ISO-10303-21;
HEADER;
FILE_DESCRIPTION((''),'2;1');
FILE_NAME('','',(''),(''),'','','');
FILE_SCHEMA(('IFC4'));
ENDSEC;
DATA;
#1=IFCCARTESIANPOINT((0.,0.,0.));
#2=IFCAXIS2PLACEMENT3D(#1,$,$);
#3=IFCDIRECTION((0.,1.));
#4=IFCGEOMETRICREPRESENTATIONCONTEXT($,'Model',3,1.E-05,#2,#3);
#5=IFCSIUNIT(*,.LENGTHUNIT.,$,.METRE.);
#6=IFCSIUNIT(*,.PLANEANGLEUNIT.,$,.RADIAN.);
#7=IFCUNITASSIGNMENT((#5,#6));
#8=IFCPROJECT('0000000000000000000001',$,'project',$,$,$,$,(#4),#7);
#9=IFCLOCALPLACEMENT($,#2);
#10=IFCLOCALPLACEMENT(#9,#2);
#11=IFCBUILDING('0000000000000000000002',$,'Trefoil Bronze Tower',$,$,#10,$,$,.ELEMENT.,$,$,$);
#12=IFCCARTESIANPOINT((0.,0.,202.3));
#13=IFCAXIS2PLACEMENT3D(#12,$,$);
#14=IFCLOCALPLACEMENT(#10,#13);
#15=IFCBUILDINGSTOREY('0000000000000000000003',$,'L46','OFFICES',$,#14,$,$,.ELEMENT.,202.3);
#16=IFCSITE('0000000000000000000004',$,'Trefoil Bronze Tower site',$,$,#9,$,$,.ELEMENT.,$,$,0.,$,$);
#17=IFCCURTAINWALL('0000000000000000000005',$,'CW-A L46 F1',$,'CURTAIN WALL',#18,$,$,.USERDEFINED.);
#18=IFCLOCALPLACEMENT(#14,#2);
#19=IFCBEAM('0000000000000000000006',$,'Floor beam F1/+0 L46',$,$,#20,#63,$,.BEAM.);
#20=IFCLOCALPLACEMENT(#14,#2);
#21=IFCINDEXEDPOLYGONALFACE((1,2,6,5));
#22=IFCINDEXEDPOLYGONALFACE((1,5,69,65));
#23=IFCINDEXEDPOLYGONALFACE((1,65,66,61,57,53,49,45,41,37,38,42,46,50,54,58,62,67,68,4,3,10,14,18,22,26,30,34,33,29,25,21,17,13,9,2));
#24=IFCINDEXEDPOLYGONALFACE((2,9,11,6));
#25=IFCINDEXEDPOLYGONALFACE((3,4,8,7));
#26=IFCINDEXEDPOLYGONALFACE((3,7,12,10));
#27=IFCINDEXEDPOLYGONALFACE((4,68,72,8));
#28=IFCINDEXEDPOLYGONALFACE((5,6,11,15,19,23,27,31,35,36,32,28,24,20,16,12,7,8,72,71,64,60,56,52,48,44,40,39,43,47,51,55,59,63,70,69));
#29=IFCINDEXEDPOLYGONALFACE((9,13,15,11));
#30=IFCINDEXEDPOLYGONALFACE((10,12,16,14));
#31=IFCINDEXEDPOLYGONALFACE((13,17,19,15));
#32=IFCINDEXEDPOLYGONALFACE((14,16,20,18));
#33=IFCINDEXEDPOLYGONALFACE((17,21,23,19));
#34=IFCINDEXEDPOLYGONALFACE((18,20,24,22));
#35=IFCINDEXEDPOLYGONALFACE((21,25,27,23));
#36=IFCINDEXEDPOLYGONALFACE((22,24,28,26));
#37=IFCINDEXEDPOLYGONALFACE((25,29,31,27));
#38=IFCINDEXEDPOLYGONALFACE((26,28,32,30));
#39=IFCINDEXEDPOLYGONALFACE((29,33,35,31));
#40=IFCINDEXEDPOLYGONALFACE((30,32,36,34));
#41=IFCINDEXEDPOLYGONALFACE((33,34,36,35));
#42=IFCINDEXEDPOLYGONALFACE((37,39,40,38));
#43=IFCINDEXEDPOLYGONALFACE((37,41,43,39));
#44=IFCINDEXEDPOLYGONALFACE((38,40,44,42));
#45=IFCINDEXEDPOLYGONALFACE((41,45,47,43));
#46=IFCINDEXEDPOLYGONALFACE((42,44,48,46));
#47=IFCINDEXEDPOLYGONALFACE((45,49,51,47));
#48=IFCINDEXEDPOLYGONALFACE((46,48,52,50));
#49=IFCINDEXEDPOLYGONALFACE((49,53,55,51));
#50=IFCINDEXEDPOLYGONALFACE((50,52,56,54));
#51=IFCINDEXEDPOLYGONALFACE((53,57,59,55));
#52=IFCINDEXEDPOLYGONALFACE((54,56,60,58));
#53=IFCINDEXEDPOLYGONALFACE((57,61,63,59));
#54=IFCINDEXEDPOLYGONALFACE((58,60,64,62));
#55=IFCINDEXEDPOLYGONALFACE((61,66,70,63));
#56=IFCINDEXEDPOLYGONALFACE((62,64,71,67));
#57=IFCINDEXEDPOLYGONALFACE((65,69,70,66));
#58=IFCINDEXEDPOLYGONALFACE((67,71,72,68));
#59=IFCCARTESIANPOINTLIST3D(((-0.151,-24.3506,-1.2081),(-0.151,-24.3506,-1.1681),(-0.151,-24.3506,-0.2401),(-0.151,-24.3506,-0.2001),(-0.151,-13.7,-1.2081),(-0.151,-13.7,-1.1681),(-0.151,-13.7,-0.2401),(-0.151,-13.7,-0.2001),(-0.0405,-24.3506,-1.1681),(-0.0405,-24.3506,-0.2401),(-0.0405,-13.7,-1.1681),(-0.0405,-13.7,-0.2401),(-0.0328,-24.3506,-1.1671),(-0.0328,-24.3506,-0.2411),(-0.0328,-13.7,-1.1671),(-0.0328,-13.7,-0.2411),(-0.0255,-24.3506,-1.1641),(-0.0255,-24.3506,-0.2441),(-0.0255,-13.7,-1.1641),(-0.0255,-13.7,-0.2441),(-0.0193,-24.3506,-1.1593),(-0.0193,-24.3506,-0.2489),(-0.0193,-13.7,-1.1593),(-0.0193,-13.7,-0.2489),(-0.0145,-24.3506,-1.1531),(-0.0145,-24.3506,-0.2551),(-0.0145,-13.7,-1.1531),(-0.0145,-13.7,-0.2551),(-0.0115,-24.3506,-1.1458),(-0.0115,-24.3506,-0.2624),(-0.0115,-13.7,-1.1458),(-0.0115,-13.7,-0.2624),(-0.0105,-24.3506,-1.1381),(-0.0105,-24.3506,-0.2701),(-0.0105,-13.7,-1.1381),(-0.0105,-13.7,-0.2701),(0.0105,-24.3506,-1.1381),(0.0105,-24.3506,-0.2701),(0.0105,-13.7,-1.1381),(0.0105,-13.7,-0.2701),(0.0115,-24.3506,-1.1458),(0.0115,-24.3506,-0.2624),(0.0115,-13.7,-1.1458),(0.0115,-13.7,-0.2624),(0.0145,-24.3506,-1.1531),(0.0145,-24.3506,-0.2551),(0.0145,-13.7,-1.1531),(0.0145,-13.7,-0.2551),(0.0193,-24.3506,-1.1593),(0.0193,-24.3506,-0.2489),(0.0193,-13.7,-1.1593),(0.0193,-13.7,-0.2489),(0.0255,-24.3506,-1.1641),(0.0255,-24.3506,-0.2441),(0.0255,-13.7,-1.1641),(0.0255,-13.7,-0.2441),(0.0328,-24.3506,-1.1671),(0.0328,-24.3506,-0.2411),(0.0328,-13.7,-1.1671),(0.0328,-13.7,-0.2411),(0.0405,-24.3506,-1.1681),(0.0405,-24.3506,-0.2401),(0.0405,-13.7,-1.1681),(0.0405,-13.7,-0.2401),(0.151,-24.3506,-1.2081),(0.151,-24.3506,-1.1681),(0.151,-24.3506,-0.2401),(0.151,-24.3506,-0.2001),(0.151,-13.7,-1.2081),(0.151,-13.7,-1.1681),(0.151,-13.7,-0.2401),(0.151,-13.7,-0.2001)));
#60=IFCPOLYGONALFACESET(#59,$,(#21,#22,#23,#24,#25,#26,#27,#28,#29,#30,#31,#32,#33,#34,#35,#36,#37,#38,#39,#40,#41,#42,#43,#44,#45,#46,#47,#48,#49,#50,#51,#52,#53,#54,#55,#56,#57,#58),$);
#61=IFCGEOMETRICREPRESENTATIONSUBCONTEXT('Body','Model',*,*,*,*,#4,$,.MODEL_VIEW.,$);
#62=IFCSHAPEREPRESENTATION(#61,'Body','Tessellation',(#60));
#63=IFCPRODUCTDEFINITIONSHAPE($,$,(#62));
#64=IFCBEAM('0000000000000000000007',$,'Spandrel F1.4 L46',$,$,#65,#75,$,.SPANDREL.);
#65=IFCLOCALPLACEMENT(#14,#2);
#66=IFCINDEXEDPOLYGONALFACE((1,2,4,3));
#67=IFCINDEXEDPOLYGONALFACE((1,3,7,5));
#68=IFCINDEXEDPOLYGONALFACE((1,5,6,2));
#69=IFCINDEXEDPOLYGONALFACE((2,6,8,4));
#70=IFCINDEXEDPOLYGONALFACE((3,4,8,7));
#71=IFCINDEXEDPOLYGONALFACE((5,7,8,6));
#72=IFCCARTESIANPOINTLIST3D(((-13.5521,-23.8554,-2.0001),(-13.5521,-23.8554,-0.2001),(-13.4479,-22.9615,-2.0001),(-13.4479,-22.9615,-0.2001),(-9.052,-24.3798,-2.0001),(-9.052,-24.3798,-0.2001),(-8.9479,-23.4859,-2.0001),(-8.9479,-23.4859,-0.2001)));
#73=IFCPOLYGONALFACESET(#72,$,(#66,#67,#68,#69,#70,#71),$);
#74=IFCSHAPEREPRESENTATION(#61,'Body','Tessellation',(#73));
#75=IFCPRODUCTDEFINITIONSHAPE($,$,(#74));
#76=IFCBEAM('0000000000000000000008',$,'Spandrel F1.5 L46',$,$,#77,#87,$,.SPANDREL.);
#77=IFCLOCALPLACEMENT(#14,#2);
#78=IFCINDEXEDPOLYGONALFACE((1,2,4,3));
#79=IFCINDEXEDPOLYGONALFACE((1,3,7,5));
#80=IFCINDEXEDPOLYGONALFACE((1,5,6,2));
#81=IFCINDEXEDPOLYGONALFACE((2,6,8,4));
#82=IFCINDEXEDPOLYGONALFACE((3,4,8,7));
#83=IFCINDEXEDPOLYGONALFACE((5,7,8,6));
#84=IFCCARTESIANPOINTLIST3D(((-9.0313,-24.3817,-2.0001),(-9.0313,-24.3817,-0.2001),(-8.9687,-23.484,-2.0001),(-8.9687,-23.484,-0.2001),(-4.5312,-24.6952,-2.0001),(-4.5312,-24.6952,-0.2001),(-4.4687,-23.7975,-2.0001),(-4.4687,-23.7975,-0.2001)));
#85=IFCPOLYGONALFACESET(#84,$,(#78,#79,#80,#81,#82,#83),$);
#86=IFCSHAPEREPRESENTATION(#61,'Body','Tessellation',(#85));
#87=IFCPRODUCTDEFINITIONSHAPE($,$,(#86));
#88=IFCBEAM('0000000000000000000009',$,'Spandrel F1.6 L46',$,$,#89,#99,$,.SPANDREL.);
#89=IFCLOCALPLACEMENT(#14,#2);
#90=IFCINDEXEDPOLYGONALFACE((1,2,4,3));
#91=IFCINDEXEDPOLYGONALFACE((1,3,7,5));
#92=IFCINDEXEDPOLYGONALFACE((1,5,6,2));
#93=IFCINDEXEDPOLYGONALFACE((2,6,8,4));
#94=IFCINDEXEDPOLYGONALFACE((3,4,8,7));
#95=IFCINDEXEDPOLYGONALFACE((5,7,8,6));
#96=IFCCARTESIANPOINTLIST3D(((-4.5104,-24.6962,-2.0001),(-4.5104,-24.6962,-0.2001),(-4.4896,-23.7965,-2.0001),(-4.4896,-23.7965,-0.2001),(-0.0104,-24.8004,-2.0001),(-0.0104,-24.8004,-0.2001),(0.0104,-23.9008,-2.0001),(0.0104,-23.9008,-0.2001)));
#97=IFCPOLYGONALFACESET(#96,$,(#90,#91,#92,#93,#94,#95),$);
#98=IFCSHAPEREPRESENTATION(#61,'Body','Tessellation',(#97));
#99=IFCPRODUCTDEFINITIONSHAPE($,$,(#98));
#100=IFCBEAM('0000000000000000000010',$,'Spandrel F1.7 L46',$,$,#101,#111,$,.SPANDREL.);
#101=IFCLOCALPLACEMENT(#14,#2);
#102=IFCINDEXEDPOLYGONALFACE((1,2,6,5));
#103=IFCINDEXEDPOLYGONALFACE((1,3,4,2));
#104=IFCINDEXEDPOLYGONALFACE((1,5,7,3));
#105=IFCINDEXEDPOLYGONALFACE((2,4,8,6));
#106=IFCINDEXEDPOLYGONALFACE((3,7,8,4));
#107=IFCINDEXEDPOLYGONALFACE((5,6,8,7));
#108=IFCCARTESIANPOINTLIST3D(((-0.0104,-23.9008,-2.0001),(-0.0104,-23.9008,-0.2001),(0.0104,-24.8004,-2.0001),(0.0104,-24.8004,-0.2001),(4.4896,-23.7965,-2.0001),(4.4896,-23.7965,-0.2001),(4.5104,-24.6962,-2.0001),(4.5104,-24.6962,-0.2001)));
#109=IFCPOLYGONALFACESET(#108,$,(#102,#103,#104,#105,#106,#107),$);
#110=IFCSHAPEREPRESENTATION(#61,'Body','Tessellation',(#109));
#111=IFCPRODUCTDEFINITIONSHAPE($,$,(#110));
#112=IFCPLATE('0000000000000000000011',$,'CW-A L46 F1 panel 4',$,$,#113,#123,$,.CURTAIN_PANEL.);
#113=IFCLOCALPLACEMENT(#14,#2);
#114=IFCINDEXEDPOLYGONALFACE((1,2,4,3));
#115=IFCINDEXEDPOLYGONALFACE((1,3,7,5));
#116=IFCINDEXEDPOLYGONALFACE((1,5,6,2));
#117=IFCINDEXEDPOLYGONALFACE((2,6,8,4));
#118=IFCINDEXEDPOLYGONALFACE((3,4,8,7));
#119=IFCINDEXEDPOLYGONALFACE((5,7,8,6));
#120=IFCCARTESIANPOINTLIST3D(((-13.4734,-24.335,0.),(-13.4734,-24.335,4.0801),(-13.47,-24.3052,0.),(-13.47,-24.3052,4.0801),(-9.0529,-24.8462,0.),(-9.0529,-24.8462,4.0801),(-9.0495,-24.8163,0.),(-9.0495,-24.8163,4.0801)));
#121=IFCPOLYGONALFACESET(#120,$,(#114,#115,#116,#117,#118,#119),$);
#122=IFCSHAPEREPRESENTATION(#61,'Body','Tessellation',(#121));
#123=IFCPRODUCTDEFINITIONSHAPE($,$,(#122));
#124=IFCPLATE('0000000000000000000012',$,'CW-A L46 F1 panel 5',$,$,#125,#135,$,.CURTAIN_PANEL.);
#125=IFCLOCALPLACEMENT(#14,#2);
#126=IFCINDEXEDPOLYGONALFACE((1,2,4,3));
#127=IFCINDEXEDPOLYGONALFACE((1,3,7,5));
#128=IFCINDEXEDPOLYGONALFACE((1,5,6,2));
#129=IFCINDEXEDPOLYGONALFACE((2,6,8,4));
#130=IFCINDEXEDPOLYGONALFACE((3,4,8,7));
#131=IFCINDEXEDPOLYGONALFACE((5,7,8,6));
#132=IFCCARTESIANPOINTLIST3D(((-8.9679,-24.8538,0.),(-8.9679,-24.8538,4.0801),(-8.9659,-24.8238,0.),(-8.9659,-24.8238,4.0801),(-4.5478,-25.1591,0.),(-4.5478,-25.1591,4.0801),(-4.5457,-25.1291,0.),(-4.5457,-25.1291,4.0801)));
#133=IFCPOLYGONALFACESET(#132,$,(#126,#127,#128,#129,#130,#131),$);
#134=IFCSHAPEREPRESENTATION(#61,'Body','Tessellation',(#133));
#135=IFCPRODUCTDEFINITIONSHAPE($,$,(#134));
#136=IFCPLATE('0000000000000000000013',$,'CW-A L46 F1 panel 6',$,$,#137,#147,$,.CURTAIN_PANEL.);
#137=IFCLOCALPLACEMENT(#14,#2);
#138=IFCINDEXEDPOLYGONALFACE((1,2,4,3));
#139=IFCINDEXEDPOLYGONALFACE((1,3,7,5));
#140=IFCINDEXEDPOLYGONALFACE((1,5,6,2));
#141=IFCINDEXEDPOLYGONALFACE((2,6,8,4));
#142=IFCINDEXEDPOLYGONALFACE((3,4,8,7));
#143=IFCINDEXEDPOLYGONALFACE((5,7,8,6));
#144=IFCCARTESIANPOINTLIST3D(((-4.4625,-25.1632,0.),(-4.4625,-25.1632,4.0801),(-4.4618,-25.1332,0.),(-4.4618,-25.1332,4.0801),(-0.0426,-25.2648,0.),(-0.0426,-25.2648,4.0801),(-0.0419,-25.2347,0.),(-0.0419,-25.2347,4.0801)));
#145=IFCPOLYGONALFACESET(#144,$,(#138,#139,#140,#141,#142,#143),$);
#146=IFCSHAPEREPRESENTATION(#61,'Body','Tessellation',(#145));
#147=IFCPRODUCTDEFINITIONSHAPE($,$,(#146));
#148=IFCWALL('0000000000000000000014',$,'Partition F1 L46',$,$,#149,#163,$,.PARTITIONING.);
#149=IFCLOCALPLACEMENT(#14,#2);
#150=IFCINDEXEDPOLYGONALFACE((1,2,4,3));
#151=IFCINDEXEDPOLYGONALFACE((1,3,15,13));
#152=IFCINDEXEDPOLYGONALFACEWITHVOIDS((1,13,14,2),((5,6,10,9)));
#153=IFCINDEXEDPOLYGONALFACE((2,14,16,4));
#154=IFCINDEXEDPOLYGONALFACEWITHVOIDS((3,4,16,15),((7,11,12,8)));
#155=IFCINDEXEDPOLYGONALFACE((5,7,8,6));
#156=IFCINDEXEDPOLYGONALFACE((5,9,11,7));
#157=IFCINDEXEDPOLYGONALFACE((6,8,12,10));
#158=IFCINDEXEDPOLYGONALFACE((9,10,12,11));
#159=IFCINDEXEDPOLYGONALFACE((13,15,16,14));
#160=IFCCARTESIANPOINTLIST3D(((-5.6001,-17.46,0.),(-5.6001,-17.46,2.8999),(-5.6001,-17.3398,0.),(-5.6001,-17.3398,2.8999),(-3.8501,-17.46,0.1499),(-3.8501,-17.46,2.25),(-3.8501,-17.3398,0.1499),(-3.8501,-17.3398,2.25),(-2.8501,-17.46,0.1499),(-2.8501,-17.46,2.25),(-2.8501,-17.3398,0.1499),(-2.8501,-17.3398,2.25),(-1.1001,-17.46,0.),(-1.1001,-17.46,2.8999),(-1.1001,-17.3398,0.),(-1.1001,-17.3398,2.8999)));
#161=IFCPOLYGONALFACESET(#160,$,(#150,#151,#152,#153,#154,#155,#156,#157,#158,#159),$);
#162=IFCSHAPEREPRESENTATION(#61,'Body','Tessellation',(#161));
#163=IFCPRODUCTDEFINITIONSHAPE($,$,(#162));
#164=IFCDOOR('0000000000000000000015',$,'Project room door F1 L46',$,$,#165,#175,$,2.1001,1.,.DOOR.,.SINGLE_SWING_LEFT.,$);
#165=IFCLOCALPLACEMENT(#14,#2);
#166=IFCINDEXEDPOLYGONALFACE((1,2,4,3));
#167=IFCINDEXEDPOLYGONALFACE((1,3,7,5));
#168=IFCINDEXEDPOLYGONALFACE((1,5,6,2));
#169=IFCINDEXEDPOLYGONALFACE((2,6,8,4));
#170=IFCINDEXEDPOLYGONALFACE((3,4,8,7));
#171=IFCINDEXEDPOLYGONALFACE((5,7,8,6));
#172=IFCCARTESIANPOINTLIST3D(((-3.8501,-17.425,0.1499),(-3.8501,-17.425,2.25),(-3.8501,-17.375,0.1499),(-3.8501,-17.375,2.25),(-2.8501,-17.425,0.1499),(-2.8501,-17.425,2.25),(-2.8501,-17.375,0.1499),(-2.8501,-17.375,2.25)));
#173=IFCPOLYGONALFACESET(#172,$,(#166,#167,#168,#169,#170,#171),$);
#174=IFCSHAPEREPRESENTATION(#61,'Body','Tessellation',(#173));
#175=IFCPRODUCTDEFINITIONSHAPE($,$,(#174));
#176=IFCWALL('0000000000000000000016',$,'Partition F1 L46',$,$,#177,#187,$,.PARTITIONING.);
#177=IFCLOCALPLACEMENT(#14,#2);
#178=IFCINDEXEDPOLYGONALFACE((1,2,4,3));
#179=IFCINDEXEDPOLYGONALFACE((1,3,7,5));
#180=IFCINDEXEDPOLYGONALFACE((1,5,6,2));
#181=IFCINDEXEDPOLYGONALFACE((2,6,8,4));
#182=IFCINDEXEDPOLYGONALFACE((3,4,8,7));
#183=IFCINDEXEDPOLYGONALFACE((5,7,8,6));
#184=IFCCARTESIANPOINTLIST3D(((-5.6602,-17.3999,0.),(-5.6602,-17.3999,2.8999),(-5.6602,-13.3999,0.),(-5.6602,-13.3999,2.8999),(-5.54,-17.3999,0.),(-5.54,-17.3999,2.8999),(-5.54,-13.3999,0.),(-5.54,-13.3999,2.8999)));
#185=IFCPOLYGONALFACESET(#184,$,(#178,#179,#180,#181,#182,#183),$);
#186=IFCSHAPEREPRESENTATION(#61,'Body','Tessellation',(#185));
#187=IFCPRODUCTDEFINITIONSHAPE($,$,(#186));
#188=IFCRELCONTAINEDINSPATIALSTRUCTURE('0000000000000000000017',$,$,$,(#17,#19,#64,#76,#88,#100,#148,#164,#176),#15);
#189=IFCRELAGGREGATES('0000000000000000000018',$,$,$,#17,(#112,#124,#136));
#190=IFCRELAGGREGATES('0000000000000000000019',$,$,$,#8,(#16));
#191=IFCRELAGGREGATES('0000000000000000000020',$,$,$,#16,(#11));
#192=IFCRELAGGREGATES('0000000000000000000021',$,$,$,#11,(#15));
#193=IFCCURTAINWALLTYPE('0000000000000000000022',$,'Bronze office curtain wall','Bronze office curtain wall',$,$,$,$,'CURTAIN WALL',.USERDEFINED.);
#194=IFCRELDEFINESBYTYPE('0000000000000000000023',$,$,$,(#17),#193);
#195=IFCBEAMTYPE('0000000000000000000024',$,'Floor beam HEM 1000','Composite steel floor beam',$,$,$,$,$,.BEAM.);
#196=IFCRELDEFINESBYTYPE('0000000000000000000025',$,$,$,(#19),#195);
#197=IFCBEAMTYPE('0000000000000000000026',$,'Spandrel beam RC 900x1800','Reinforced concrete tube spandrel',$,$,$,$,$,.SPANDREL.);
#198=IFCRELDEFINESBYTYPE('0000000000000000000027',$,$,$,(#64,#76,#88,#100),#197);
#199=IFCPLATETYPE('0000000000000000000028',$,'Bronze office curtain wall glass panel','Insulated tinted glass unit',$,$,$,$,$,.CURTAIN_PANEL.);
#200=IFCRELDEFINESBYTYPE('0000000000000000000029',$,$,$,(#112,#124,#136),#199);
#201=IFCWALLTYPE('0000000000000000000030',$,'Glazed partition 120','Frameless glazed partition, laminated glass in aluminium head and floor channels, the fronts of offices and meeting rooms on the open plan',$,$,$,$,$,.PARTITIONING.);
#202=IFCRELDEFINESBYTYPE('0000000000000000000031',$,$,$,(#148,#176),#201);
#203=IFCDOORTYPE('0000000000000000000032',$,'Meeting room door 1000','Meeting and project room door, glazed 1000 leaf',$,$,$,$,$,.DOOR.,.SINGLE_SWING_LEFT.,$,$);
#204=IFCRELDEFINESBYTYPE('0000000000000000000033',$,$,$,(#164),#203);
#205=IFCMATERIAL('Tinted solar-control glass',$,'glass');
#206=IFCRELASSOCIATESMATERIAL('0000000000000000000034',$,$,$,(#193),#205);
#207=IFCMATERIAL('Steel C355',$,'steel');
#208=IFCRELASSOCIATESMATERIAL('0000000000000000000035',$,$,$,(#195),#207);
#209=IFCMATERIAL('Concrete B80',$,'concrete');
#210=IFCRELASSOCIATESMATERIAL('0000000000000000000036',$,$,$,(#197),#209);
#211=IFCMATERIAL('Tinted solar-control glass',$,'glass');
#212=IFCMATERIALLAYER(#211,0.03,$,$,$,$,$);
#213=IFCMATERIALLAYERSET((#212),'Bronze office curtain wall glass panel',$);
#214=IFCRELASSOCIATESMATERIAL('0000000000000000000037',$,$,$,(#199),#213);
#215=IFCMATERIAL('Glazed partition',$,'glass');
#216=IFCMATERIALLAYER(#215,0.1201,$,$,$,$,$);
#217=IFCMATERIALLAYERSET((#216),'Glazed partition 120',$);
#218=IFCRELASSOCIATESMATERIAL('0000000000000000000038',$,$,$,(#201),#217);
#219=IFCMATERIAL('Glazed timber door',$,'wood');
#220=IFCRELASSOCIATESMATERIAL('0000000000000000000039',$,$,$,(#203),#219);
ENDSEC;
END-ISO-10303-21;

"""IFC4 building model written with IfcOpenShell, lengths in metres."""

from ifc_helpers import new_model, si_unit, direction, frame, frame_2d, origin, origin_2d, place, context, subcontext, project, spatial, rectangle, i_section, extrude, material, layer, layer_set, material_profile, profile_set, type_object, element, fill, aggregate, save


model = new_model("IFC4")

# Units and contexts
model_context = context("Model", 3, precision=1e-05, world=origin(), true_north=direction((0.0, 1.0)))
body_context = subcontext(model_context, "Body", "Model", "MODEL_VIEW")
ifc_project = project(units=[si_unit("LENGTHUNIT", "METRE"), si_unit("PLANEANGLEUNIT", "RADIAN")], contexts=[model_context])

# Site, building, storey
site_placement = place(None, origin())
site = spatial("IfcSite", under=ifc_project, at=site_placement, Name="Trefoil Bronze Tower site", CompositionType="ELEMENT", RefElevation=0.0)
building_placement = place(site_placement, origin())
building = spatial("IfcBuilding", under=site, at=building_placement, Name="Trefoil Bronze Tower", CompositionType="ELEMENT")
storey_placement = place(building_placement, frame((0.0, 0.0, 202.3)))
storey = spatial("IfcBuildingStorey", under=building, at=storey_placement, Name="L46", Description="OFFICES", CompositionType="ELEMENT", Elevation=202.3)

# Curtain wall
ifc_material_1 = material(Name="Tinted solar-control glass", Category="glass")
curtain_wall_type = type_object("IfcCurtainWallType", Name="Bronze office curtain wall", Description="Bronze office curtain wall", ElementType="CURTAIN WALL", PredefinedType="USERDEFINED", material=ifc_material_1)
curtain_wall_placement = place(storey_placement, origin())
curtain_wall = element("IfcCurtainWall", 1, at=curtain_wall_placement, inside=storey, type_object=curtain_wall_type, Name="CW-A L46 F1", ObjectType="CURTAIN WALL", PredefinedType="USERDEFINED")

# Beams
ifc_material_2 = material(Name="Steel C355", Category="steel")
ifc_material_profile_1 = material_profile(ifc_material_2, i_section(OverallWidth=0.302, OverallDepth=1.0081, WebThickness=0.021, FlangeThickness=0.04, FilletRadius=0.03, at=origin_2d()), Name="HEM 1000")
ifc_profile_set_1 = profile_set([ifc_material_profile_1], Name="Steel C355")
beam_type_1 = type_object("IfcBeamType", Name="Floor beam HEM 1000", Description="Composite steel floor beam", PredefinedType="BEAM", material=ifc_profile_set_1)
beam_1_placement = place(storey_placement, frame((0.0, -24.3506, -0.7041), z_axis=(0.0, 1.0, 0.0), x_axis=(-1.0, 0.0, 0.0)))
element("IfcBeam", 2, at=beam_1_placement, inside=storey, type_object=beam_type_1, Name="Floor beam F1/+0 L46", PredefinedType="BEAM", context=body_context, shape_type="SweptSolid", body=[
    extrude(i_section(OverallWidth=0.302, OverallDepth=1.0081, WebThickness=0.021, FlangeThickness=0.04, FilletRadius=0.03, at=origin_2d()), origin(), (0.0, 0.0, 1.0), 10.6506),
])
ifc_material_3 = material(Name="Concrete B80", Category="concrete")
ifc_material_profile_2 = material_profile(ifc_material_3, rectangle(XDim=0.8999, YDim=1.8, at=origin_2d()), Name="RC 900x1800")
ifc_profile_set_2 = profile_set([ifc_material_profile_2], Name="Concrete B80")
beam_type_2 = type_object("IfcBeamType", Name="Spandrel beam RC 900x1800", Description="Reinforced concrete tube spandrel", PredefinedType="SPANDREL", material=ifc_profile_set_2)
beam_2_placement = place(storey_placement, frame((-13.5, -23.4084, -1.1001), z_axis=(0.993278, -0.115753, 0.0), x_axis=(0.115753, 0.993278, 0.0)))
element("IfcBeam", 3, at=beam_2_placement, inside=storey, type_object=beam_type_2, Name="Spandrel F1.4 L46", PredefinedType="SPANDREL", context=body_context, shape_type="SweptSolid", body=[
    extrude(rectangle(XDim=0.8999, YDim=1.8, at=origin_2d()), origin(), (0.0, 0.0, 1.0), 4.5305),
])
beam_3_placement = place(storey_placement, frame((-9.0, -23.9329, -1.1001), z_axis=(0.997582, -0.069493, 0.0), x_axis=(0.069493, 0.997582, 0.0)))
element("IfcBeam", 4, at=beam_3_placement, inside=storey, type_object=beam_type_2, Name="Spandrel F1.5 L46", PredefinedType="SPANDREL", context=body_context, shape_type="SweptSolid", body=[
    extrude(rectangle(XDim=0.8999, YDim=1.8, at=origin_2d()), origin(), (0.0, 0.0, 1.0), 4.511),
])
for number, where, z_axis, x_axis, name in (
    (5, (-4.5, -24.2463, -1.1001), (0.999732, -0.02316, 0.0), (0.02316, 0.999732, 0.0), "Spandrel F1.6 L46"),
    (6, (0.0, -24.3506, -1.1001), (0.999732, 0.02316, 0.0), (-0.02316, 0.999732, 0.0), "Spandrel F1.7 L46"),
):
    element("IfcBeam", number, at=place(storey_placement, frame(where, z_axis=z_axis, x_axis=x_axis)), inside=storey, type_object=beam_type_2, Name=name, PredefinedType="SPANDREL", context=body_context, shape_type="SweptSolid", body=[
        extrude(rectangle(XDim=0.8999, YDim=1.8, at=origin_2d()), origin(), (0.0, 0.0, 1.0), 4.5012),
    ])

# Plates
ifc_material_4 = material(Name="Tinted solar-control glass", Category="glass")
ifc_layer_1 = layer(ifc_material_4, 0.03)
ifc_layer_set_1 = layer_set([ifc_layer_1], Name="Bronze office curtain wall glass panel")
plate_type = type_object("IfcPlateType", Name="Bronze office curtain wall glass panel", Description="Insulated tinted glass unit", PredefinedType="CURTAIN_PANEL", material=ifc_layer_set_1)
plate_1_placement = place(storey_placement, frame((-11.2615, -24.5757, 0.0), z_axis=(0.0, 0.0, 1.0), x_axis=(0.993382, -0.114859, 0.0)))
plate_1 = element("IfcPlate", 7, at=plate_1_placement, type_object=plate_type, Name="CW-A L46 F1 panel 4", PredefinedType="CURTAIN_PANEL", context=body_context, shape_type="SweptSolid", body=[
    extrude(rectangle(XDim=4.45, YDim=0.03, at=origin_2d()), origin(), (0.0, 0.0, 1.0), 4.0801),
])
plate_2_placement = place(storey_placement, frame((-6.7568, -24.9915, 0.0), z_axis=(0.0, 0.0, 1.0), x_axis=(0.997623, -0.068915, 0.0)))
plate_2 = element("IfcPlate", 8, at=plate_2_placement, type_object=plate_type, Name="CW-A L46 F1 panel 5", PredefinedType="CURTAIN_PANEL", context=body_context, shape_type="SweptSolid", body=[
    extrude(rectangle(XDim=4.4307, YDim=0.03, at=origin_2d()), origin(), (0.0, 0.0, 1.0), 4.0801),
])
plate_3_placement = place(storey_placement, frame((-2.2522, -25.199, 0.0), z_axis=(0.0, 0.0, 1.0), x_axis=(0.999736, -0.022972, 0.0)))
plate_3 = element("IfcPlate", 9, at=plate_3_placement, type_object=plate_type, Name="CW-A L46 F1 panel 6", PredefinedType="CURTAIN_PANEL", context=body_context, shape_type="SweptSolid", body=[
    extrude(rectangle(XDim=4.4211, YDim=0.03, at=origin_2d()), origin(), (0.0, 0.0, 1.0), 4.0801),
])
aggregate(curtain_wall, [plate_1, plate_2, plate_3])

# Wall, opening, door
ifc_material_5 = material(Name="Glazed partition", Category="glass")
ifc_layer_2 = layer(ifc_material_5, 0.1201)
ifc_layer_set_2 = layer_set([ifc_layer_2], Name="Glazed partition 120")
wall_type = type_object("IfcWallType", Name="Glazed partition 120", Description="Frameless glazed partition, laminated glass in aluminium head and floor channels, the fronts of offices and meeting rooms on the open plan", PredefinedType="PARTITIONING", material=ifc_layer_set_2)
wall_1_placement = place(storey_placement, frame((-5.6001, -17.3999, 0.0), z_axis=(0.0, 0.0, 1.0), x_axis=(1.0, 0.0, 0.0)))
wall_1 = element("IfcWall", 10, at=wall_1_placement, inside=storey, type_object=wall_type, Name="Partition F1 L46", PredefinedType="PARTITIONING", context=body_context, shape_type="SweptSolid", body=[
    extrude(rectangle(XDim=4.5, YDim=0.1201, at=frame_2d((2.25, 0.0))), origin(), (0.0, 0.0, 1.0), 2.8999),
])
opening_placement = place(wall_1_placement, frame((1.75, 0.0, 0.1499)))
opening = element("IfcOpeningElement", 11, at=opening_placement, cuts=wall_1, PredefinedType="OPENING", context=body_context, shape_type="SweptSolid", body=[
    extrude(rectangle(XDim=1.0, YDim=2.1001, at=frame_2d((0.5, 1.05))), frame((0.0, 0.0701, 0.0), z_axis=(0.0, -1.0, 0.0), x_axis=(1.0, 0.0, 0.0)), (0.0, 0.0, 1.0), 0.1401),
])
ifc_material_6 = material(Name="Glazed timber door", Category="wood")
door_type = type_object("IfcDoorType", Name="Meeting room door 1000", Description="Meeting and project room door, glazed 1000 leaf", OperationType="SINGLE_SWING_LEFT", PredefinedType="DOOR", material=ifc_material_6)
door_placement = place(opening_placement, origin())
door = element("IfcDoor", 12, at=door_placement, inside=storey, type_object=door_type, Name="Project room door F1 L46", OperationType="SINGLE_SWING_LEFT", OverallHeight=2.1001, OverallWidth=1.0, PredefinedType="DOOR", context=body_context, shape_type="SweptSolid", body=[
    extrude(rectangle(XDim=1.0, YDim=2.1001, at=frame_2d((0.5, 1.05))), frame((0.0, 0.0249, 0.0), z_axis=(0.0, -1.0, 0.0), x_axis=(1.0, 0.0, 0.0)), (0.0, 0.0, 1.0), 0.05),
])
fill(opening, door)

# Wall
wall_2_placement = place(storey_placement, frame((-5.6001, -13.3999, 0.0), z_axis=(0.0, 0.0, 1.0), x_axis=(0.0, -1.0, 0.0)))
element("IfcWall", 13, at=wall_2_placement, inside=storey, type_object=wall_type, Name="Partition F1 L46", PredefinedType="PARTITIONING", context=body_context, shape_type="SweptSolid", body=[
    extrude(rectangle(XDim=4.0, YDim=0.1201, at=frame_2d((2.0, 0.0))), origin(), (0.0, 0.0, 1.0), 2.8999),
])

save(model, "model.ifc")
